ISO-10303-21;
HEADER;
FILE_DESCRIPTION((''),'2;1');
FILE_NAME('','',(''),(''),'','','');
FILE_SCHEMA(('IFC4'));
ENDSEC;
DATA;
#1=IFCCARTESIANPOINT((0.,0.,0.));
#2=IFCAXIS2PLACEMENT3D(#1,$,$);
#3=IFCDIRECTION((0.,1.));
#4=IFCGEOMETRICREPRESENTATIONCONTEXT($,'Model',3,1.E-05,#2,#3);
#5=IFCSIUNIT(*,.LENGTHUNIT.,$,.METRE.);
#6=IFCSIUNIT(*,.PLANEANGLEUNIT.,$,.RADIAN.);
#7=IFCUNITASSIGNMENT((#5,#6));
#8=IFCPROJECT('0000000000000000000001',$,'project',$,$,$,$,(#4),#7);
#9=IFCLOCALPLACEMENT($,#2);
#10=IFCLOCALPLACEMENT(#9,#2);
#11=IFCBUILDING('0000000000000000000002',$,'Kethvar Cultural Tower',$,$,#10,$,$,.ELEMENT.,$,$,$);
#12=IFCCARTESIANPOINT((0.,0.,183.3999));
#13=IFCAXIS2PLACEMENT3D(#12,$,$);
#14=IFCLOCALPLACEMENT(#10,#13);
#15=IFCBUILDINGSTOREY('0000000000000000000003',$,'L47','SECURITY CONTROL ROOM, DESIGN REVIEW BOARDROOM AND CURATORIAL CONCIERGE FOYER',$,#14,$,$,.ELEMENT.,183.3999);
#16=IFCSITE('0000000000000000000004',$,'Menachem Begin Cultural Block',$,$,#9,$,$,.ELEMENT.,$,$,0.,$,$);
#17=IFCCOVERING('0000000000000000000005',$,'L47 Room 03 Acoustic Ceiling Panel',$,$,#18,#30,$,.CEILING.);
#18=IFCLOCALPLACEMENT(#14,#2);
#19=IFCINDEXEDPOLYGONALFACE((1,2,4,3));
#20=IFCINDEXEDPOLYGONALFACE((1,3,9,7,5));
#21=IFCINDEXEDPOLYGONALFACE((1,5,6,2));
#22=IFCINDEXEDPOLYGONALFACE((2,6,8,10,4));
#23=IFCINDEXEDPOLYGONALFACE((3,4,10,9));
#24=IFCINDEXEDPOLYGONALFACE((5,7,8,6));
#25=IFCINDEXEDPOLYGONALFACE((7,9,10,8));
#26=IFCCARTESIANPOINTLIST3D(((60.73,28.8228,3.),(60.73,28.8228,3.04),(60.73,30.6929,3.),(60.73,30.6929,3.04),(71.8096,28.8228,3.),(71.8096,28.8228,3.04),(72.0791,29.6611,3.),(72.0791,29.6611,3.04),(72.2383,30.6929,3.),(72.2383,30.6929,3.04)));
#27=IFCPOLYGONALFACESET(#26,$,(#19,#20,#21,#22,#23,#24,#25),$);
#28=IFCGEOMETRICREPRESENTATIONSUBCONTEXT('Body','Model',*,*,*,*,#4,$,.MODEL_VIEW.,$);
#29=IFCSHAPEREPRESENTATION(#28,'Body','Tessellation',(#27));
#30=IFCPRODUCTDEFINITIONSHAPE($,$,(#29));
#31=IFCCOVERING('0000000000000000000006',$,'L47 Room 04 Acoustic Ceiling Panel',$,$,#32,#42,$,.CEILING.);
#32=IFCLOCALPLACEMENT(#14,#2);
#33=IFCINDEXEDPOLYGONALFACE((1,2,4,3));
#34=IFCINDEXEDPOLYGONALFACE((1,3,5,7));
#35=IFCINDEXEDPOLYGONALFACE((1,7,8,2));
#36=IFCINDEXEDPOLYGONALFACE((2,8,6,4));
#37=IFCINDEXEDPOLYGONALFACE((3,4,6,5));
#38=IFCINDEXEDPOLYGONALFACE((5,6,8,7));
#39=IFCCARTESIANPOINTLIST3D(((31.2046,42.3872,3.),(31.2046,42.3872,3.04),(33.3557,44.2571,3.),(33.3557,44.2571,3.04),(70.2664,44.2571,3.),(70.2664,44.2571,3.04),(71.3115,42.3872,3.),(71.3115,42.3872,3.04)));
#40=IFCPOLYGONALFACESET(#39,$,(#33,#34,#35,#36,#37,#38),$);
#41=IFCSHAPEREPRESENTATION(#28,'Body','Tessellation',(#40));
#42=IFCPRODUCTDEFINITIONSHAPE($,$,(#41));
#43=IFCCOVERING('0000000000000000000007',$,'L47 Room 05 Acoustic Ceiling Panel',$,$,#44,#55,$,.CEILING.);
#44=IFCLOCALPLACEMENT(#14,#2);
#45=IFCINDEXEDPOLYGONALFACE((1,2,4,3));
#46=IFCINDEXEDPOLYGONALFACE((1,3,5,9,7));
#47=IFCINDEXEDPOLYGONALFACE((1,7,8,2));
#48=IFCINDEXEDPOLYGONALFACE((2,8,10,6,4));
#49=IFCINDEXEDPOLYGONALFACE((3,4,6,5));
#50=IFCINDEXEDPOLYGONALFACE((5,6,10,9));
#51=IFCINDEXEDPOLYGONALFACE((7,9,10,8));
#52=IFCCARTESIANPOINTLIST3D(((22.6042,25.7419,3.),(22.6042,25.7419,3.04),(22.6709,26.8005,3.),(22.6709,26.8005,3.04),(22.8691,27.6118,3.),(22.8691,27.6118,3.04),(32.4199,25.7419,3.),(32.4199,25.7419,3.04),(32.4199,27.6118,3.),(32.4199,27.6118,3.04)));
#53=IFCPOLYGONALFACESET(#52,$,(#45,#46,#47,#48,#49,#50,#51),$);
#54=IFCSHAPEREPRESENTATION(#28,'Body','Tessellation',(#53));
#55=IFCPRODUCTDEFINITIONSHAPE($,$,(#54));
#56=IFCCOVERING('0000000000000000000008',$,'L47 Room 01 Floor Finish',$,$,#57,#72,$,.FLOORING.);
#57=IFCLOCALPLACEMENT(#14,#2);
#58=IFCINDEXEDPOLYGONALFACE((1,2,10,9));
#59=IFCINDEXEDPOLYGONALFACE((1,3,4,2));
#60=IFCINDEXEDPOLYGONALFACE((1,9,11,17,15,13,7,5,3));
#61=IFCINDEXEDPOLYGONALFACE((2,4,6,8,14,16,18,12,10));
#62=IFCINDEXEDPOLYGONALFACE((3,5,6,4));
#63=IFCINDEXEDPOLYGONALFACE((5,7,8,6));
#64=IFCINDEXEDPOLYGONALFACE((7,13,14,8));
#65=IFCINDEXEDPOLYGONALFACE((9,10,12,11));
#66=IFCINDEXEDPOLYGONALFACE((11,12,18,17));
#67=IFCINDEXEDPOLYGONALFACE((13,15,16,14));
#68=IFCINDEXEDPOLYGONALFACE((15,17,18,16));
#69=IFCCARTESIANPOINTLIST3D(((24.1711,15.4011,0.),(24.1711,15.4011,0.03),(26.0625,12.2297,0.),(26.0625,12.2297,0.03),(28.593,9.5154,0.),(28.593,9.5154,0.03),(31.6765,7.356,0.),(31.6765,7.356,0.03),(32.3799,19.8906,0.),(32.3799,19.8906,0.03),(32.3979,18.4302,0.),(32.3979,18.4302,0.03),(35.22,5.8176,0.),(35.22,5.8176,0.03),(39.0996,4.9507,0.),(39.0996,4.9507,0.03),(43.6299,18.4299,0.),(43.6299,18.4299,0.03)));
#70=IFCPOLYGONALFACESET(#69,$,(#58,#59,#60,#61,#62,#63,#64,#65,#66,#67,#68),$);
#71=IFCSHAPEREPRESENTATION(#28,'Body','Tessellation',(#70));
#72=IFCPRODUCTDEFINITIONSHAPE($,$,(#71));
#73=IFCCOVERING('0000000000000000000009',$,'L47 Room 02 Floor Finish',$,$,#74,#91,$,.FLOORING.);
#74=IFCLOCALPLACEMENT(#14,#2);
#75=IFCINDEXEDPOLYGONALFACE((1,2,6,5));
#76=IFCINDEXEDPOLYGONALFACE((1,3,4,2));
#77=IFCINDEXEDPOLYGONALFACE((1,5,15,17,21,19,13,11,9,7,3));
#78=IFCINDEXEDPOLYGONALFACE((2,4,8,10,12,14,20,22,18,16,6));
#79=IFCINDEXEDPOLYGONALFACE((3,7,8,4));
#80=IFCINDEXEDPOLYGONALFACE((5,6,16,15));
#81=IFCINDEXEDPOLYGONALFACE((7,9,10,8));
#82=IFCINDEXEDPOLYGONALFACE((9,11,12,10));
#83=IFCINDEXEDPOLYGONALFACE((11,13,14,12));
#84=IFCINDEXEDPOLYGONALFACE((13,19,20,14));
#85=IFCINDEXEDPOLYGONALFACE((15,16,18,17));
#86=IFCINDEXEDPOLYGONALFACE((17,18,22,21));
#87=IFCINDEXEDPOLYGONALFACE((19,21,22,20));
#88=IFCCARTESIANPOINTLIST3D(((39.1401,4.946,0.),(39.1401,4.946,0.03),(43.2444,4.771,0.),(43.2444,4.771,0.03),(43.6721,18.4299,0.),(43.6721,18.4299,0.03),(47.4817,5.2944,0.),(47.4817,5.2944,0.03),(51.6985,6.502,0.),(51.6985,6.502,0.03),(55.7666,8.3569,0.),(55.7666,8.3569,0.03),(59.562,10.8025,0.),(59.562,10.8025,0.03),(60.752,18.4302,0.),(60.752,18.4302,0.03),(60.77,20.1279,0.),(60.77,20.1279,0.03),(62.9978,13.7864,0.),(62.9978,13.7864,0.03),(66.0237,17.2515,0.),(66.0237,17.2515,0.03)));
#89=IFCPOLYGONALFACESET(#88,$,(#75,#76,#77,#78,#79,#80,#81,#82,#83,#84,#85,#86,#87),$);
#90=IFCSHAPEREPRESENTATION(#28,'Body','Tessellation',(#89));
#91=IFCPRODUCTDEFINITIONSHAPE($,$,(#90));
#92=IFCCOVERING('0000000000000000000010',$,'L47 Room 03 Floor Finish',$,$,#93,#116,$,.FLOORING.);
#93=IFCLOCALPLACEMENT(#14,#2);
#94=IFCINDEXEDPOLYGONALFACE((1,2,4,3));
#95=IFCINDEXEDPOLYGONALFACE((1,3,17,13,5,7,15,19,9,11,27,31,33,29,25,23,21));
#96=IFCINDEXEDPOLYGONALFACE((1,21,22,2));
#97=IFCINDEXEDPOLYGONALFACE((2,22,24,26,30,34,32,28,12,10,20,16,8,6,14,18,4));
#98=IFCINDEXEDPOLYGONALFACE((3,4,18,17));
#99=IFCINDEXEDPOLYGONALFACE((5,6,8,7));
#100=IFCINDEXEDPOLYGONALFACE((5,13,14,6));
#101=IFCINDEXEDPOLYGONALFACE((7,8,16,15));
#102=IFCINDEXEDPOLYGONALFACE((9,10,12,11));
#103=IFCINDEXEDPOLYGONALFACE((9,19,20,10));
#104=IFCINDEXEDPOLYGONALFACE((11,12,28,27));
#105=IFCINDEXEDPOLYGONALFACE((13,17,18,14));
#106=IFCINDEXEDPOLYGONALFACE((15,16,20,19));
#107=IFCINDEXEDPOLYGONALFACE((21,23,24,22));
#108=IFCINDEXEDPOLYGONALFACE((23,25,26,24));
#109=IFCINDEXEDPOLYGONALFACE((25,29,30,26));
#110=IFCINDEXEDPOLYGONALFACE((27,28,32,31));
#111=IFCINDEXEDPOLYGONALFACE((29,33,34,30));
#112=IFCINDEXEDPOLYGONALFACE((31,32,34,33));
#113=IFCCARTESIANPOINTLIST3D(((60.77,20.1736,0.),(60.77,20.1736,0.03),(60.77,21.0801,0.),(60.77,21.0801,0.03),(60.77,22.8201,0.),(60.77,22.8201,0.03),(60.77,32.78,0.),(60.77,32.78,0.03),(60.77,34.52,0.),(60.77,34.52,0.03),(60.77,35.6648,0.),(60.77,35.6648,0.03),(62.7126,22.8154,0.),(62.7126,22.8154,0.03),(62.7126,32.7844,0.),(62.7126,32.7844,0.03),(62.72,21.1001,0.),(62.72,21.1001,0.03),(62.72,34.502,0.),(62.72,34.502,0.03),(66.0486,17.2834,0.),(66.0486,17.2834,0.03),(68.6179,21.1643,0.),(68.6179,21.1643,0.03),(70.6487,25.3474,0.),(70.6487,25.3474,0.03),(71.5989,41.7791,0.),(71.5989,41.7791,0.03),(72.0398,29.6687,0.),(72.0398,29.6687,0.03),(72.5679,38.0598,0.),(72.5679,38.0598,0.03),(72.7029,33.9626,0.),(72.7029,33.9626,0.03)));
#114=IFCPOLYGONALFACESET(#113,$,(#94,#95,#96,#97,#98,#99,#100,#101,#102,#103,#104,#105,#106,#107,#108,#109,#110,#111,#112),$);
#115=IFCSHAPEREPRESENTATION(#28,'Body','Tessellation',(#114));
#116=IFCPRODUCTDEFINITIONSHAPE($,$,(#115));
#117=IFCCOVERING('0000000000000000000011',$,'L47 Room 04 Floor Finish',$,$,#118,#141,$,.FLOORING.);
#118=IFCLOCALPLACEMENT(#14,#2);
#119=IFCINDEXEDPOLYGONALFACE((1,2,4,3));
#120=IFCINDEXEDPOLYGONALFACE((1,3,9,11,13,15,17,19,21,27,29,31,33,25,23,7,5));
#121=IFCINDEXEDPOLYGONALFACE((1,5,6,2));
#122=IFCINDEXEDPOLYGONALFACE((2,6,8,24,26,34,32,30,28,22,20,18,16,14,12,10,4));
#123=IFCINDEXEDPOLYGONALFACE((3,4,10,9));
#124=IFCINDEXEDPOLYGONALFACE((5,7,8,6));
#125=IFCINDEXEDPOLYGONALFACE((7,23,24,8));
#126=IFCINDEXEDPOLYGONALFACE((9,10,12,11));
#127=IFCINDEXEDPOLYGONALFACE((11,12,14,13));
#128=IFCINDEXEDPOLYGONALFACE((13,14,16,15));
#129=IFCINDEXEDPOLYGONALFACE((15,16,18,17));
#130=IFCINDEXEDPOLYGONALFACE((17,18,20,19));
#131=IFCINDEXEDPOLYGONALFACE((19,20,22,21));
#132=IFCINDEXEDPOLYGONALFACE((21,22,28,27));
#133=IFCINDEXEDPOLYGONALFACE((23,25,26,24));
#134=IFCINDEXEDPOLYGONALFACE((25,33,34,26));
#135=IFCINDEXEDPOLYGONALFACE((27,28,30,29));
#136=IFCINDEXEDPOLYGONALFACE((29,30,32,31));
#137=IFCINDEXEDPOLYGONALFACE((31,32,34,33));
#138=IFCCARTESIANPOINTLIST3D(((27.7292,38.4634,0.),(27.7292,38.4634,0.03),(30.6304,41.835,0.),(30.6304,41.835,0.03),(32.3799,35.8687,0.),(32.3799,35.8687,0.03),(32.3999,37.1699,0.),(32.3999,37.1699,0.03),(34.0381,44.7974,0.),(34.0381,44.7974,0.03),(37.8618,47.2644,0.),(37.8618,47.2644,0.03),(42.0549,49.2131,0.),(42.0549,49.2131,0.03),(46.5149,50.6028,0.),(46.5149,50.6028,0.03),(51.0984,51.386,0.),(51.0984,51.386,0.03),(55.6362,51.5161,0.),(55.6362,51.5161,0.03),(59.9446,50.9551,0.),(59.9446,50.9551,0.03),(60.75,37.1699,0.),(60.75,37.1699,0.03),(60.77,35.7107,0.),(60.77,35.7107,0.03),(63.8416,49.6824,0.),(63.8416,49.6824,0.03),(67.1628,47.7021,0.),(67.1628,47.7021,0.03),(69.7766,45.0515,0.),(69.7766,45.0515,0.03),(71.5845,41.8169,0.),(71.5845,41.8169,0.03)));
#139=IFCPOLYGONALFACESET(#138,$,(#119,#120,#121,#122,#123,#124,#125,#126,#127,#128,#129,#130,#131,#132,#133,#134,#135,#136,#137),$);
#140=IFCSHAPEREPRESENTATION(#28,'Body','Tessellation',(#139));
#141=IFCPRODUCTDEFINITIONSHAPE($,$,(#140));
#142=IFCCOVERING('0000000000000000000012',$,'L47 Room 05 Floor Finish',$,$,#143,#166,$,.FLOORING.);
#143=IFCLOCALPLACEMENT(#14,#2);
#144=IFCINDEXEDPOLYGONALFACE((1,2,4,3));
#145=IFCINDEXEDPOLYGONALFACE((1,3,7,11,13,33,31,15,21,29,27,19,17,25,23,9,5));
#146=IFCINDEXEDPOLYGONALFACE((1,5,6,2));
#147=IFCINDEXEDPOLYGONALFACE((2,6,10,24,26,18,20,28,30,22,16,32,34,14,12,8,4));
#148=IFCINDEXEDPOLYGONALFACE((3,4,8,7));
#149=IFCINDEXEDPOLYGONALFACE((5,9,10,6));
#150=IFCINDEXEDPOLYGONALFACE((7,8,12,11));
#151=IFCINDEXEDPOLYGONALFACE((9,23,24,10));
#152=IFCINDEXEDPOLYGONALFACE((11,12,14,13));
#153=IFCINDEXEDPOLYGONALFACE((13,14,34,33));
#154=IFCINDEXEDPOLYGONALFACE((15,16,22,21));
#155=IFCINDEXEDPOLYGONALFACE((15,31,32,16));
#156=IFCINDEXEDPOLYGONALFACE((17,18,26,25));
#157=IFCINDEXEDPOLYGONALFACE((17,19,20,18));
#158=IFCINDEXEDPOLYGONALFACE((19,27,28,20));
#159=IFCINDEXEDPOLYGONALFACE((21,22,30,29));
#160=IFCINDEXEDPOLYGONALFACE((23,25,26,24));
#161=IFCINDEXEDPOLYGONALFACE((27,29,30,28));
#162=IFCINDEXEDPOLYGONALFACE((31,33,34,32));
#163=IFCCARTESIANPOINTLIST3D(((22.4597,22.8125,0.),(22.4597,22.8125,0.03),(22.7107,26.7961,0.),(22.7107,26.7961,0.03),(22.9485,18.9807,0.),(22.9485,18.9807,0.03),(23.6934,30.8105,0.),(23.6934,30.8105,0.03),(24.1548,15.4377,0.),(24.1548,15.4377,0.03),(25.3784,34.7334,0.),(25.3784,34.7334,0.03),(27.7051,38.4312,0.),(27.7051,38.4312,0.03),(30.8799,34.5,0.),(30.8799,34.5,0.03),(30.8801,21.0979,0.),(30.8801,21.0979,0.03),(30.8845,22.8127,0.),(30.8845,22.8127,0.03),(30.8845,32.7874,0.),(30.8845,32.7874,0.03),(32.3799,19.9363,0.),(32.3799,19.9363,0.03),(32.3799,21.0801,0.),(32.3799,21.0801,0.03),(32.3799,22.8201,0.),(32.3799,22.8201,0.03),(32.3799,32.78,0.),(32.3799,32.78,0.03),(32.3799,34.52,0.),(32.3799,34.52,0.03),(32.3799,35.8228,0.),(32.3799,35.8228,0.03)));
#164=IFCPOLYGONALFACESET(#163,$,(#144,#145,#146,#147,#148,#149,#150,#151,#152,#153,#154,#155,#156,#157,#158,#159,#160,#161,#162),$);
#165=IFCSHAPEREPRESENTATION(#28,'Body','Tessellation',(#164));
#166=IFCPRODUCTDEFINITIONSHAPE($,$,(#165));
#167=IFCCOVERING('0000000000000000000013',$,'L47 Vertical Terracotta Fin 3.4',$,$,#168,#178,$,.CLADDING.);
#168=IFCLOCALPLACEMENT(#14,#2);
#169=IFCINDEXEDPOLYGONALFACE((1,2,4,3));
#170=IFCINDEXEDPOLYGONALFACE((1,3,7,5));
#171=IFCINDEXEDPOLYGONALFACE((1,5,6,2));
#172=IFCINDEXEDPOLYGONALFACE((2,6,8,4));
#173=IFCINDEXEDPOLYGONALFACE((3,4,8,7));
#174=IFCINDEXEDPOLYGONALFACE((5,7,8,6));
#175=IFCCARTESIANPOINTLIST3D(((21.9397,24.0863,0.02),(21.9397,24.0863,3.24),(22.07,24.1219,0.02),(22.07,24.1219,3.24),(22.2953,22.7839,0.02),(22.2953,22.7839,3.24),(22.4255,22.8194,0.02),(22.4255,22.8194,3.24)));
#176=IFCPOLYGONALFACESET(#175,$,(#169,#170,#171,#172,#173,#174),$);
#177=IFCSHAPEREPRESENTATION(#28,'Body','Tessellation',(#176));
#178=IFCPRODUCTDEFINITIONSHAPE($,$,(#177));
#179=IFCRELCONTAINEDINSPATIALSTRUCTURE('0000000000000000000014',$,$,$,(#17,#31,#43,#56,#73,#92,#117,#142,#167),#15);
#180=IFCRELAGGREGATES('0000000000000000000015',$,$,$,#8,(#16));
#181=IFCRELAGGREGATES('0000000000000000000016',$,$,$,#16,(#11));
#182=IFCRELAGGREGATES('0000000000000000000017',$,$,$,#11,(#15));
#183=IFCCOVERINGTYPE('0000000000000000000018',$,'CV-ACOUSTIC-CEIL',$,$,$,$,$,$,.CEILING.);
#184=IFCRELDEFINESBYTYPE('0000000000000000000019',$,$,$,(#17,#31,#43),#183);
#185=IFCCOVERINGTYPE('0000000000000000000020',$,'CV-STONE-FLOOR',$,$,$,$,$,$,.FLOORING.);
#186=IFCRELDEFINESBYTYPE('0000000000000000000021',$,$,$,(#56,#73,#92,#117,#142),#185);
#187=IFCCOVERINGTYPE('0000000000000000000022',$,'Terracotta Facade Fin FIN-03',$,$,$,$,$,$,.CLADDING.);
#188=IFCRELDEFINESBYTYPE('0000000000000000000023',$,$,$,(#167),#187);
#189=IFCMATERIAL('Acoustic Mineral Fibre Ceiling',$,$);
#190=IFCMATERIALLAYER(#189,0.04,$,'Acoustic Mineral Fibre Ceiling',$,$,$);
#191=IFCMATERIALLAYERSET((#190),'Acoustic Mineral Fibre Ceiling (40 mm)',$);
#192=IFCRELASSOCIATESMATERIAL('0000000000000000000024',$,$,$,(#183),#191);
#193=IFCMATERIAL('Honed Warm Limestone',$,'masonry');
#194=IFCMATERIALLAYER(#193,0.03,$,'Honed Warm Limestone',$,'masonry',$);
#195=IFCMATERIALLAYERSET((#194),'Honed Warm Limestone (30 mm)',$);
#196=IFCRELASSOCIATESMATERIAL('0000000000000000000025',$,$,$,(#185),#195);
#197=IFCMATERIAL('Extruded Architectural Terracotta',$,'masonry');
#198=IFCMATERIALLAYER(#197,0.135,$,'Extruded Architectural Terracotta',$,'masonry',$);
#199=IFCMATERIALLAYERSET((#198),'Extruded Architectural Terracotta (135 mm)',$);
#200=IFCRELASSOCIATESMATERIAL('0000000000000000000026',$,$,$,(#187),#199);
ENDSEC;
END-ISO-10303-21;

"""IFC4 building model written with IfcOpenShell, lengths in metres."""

from ifc_helpers import new_model, si_unit, direction, frame, origin, origin_2d, place, context, subcontext, project, spatial, polyline, rectangle, outline, extrude, source, transform, mapped, material, layer, layer_set, type_object, element, save


model = new_model("IFC4")

# Units and contexts
model_context = context("Model", 3, precision=1e-05, world=origin(), true_north=direction((0.0, 1.0)))
body_context = subcontext(model_context, "Body", "Model", "MODEL_VIEW")
ifc_project = project(units=[si_unit("LENGTHUNIT", "METRE"), si_unit("PLANEANGLEUNIT", "RADIAN")], contexts=[model_context])

# Site, building, storey
site_placement = place(None, origin())
site = spatial("IfcSite", under=ifc_project, at=site_placement, Name="Menachem Begin Cultural Block", CompositionType="ELEMENT", RefElevation=0.0)
building_placement = place(site_placement, origin())
building = spatial("IfcBuilding", under=site, at=building_placement, Name="Kethvar Cultural Tower", CompositionType="ELEMENT")
storey_placement = place(building_placement, frame((0.0, 0.0, 183.3999)))
storey = spatial("IfcBuildingStorey", under=building, at=storey_placement, Name="L47", Description="SECURITY CONTROL ROOM, DESIGN REVIEW BOARDROOM AND CURATORIAL CONCIERGE FOYER", CompositionType="ELEMENT", Elevation=183.3999)

# Coverings
ifc_material_1 = material(Name="Acoustic Mineral Fibre Ceiling")
ifc_layer_1 = layer(ifc_material_1, 0.04, Name="Acoustic Mineral Fibre Ceiling")
ifc_layer_set_1 = layer_set([ifc_layer_1], Name="Acoustic Mineral Fibre Ceiling (40 mm)")
covering_type_1 = type_object("IfcCoveringType", Name="CV-ACOUSTIC-CEIL", PredefinedType="CEILING", material=ifc_layer_set_1)
covering_1_placement = place(storey_placement, frame((0.0, 0.0, 3.0)))
element("IfcCovering", 1, at=covering_1_placement, inside=storey, type_object=covering_type_1, Name="L47 Room 03 Acoustic Ceiling Panel", PredefinedType="CEILING", context=body_context, shape_type="SweptSolid", body=[
    extrude(outline(polyline([(72.0791, 29.6611), (71.8096, 28.8228), (60.73, 28.8228), (60.73, 30.6929), (72.2383, 30.6929), (72.0791, 29.6611)])), origin(), (0.0, 0.0, 1.0), 0.04),
])
covering_2_placement = place(storey_placement, frame((0.0, 0.0, 3.0)))
element("IfcCovering", 2, at=covering_2_placement, inside=storey, type_object=covering_type_1, Name="L47 Room 04 Acoustic Ceiling Panel", PredefinedType="CEILING", context=body_context, shape_type="SweptSolid", body=[
    extrude(outline(polyline([(33.3557, 44.2571), (70.2664, 44.2571), (71.3115, 42.3872), (31.2046, 42.3872), (33.3557, 44.2571)])), origin(), (0.0, 0.0, 1.0), 0.04),
])
covering_3_placement = place(storey_placement, frame((0.0, 0.0, 3.0)))
element("IfcCovering", 3, at=covering_3_placement, inside=storey, type_object=covering_type_1, Name="L47 Room 05 Acoustic Ceiling Panel", PredefinedType="CEILING", context=body_context, shape_type="SweptSolid", body=[
    extrude(outline(polyline([(22.6709, 26.8005), (22.8691, 27.6118), (32.4199, 27.6118), (32.4199, 25.7419), (22.6042, 25.7419), (22.6709, 26.8005)])), origin(), (0.0, 0.0, 1.0), 0.04),
])
ifc_material_2 = material(Name="Honed Warm Limestone", Category="masonry")
ifc_layer_2 = layer(ifc_material_2, 0.03, Name="Honed Warm Limestone", Category="masonry")
ifc_layer_set_2 = layer_set([ifc_layer_2], Name="Honed Warm Limestone (30 mm)")
covering_type_2 = type_object("IfcCoveringType", Name="CV-STONE-FLOOR", PredefinedType="FLOORING", material=ifc_layer_set_2)
covering_4_placement = place(storey_placement, origin())
element("IfcCovering", 4, at=covering_4_placement, inside=storey, type_object=covering_type_2, Name="L47 Room 01 Floor Finish", PredefinedType="FLOORING", context=body_context, shape_type="SweptSolid", body=[
    extrude(outline(polyline([(35.22, 5.8176), (31.6765, 7.356), (28.593, 9.5154), (26.0625, 12.2297), (24.1711, 15.4011), (32.3799, 19.8906), (32.3979, 18.4302), (43.6299, 18.4299), (39.0996, 4.9507), (35.22, 5.8176)])), origin(), (0.0, 0.0, 1.0), 0.03),
])
covering_5_placement = place(storey_placement, origin())
element("IfcCovering", 5, at=covering_5_placement, inside=storey, type_object=covering_type_2, Name="L47 Room 02 Floor Finish", PredefinedType="FLOORING", context=body_context, shape_type="SweptSolid", body=[
    extrude(outline(polyline([(66.0237, 17.2515), (62.9978, 13.7864), (59.562, 10.8025), (55.7666, 8.3569), (51.6985, 6.502), (47.4817, 5.2944), (43.2444, 4.771), (39.1401, 4.946), (43.6721, 18.4299), (60.752, 18.4302), (60.77, 20.1279), (66.0237, 17.2515)])), origin(), (0.0, 0.0, 1.0), 0.03),
])
covering_6_placement = place(storey_placement, origin())
element("IfcCovering", 6, at=covering_6_placement, inside=storey, type_object=covering_type_2, Name="L47 Room 03 Floor Finish", PredefinedType="FLOORING", context=body_context, shape_type="SweptSolid", body=[
    extrude(outline(polyline([(72.5679, 38.0598), (72.7029, 33.9626), (72.0398, 29.6687), (70.6487, 25.3474), (68.6179, 21.1643), (66.0486, 17.2834), (60.77, 20.1736), (60.77, 21.0801), (62.72, 21.1001), (62.7126, 22.8154), (60.77, 22.8201), (60.77, 32.78), (62.7126, 32.7844), (62.72, 34.502), (60.77, 34.52), (60.77, 35.6648), (71.5989, 41.7791), (72.5679, 38.0598)])), origin(), (0.0, 0.0, 1.0), 0.03),
])
covering_7_placement = place(storey_placement, origin())
element("IfcCovering", 7, at=covering_7_placement, inside=storey, type_object=covering_type_2, Name="L47 Room 04 Floor Finish", PredefinedType="FLOORING", context=body_context, shape_type="SweptSolid", body=[
    extrude(outline(polyline([(30.6304, 41.835), (34.0381, 44.7974), (37.8618, 47.2644), (42.0549, 49.2131), (46.5149, 50.6028), (51.0984, 51.386), (55.6362, 51.5161), (59.9446, 50.9551), (63.8416, 49.6824), (67.1628, 47.7021), (69.7766, 45.0515), (71.5845, 41.8169), (60.77, 35.7107), (60.75, 37.1699), (32.3999, 37.1699), (32.3799, 35.8687), (27.7292, 38.4634), (30.6304, 41.835)])), origin(), (0.0, 0.0, 1.0), 0.03),
])
covering_8_placement = place(storey_placement, origin())
element("IfcCovering", 8, at=covering_8_placement, inside=storey, type_object=covering_type_2, Name="L47 Room 05 Floor Finish", PredefinedType="FLOORING", context=body_context, shape_type="SweptSolid", body=[
    extrude(outline(polyline([(22.9485, 18.9807), (22.4597, 22.8125), (22.7107, 26.7961), (23.6934, 30.8105), (25.3784, 34.7334), (27.7051, 38.4312), (32.3799, 35.8228), (32.3799, 34.52), (30.8799, 34.5), (30.8845, 32.7874), (32.3799, 32.78), (32.3799, 22.8201), (30.8845, 22.8127), (30.8801, 21.0979), (32.3799, 21.0801), (32.3799, 19.9363), (24.1548, 15.4377), (22.9485, 18.9807)])), origin(), (0.0, 0.0, 1.0), 0.03),
])
ifc_material_3 = material(Name="Extruded Architectural Terracotta", Category="masonry")
ifc_layer_3 = layer(ifc_material_3, 0.135, Name="Extruded Architectural Terracotta", Category="masonry")
ifc_layer_set_3 = layer_set([ifc_layer_3], Name="Extruded Architectural Terracotta (135 mm)")
covering_type_3 = type_object("IfcCoveringType", Name="Terracotta Facade Fin FIN-03", PredefinedType="CLADDING", material=ifc_layer_set_3)
shared_shape_1 = source(origin(), body_context, "Body", "SweptSolid", [
    extrude(rectangle(XDim=1.3501, YDim=0.135, at=origin_2d()), origin(), (0.0, 0.0, 1.0), 3.22),
])
for number, where, z_axis, x_axis, name in (
    (9, (22.1826, 23.4529, 0.02), (0.0, 0.0, 1.0), (-0.263368, 0.964695, 0.0), "L47 Vertical Terracotta Fin 3.4"),
):
    element("IfcCovering", number, at=place(storey_placement, frame(where, z_axis=z_axis, x_axis=x_axis)), inside=storey, type_object=covering_type_3, Name=name, PredefinedType="CLADDING", context=body_context, shape_type="MappedRepresentation", body=[
        mapped(shared_shape_1, transform((0.0, 0.0, 0.0), scale=1.0)),
    ])

save(model, "model.ifc")
